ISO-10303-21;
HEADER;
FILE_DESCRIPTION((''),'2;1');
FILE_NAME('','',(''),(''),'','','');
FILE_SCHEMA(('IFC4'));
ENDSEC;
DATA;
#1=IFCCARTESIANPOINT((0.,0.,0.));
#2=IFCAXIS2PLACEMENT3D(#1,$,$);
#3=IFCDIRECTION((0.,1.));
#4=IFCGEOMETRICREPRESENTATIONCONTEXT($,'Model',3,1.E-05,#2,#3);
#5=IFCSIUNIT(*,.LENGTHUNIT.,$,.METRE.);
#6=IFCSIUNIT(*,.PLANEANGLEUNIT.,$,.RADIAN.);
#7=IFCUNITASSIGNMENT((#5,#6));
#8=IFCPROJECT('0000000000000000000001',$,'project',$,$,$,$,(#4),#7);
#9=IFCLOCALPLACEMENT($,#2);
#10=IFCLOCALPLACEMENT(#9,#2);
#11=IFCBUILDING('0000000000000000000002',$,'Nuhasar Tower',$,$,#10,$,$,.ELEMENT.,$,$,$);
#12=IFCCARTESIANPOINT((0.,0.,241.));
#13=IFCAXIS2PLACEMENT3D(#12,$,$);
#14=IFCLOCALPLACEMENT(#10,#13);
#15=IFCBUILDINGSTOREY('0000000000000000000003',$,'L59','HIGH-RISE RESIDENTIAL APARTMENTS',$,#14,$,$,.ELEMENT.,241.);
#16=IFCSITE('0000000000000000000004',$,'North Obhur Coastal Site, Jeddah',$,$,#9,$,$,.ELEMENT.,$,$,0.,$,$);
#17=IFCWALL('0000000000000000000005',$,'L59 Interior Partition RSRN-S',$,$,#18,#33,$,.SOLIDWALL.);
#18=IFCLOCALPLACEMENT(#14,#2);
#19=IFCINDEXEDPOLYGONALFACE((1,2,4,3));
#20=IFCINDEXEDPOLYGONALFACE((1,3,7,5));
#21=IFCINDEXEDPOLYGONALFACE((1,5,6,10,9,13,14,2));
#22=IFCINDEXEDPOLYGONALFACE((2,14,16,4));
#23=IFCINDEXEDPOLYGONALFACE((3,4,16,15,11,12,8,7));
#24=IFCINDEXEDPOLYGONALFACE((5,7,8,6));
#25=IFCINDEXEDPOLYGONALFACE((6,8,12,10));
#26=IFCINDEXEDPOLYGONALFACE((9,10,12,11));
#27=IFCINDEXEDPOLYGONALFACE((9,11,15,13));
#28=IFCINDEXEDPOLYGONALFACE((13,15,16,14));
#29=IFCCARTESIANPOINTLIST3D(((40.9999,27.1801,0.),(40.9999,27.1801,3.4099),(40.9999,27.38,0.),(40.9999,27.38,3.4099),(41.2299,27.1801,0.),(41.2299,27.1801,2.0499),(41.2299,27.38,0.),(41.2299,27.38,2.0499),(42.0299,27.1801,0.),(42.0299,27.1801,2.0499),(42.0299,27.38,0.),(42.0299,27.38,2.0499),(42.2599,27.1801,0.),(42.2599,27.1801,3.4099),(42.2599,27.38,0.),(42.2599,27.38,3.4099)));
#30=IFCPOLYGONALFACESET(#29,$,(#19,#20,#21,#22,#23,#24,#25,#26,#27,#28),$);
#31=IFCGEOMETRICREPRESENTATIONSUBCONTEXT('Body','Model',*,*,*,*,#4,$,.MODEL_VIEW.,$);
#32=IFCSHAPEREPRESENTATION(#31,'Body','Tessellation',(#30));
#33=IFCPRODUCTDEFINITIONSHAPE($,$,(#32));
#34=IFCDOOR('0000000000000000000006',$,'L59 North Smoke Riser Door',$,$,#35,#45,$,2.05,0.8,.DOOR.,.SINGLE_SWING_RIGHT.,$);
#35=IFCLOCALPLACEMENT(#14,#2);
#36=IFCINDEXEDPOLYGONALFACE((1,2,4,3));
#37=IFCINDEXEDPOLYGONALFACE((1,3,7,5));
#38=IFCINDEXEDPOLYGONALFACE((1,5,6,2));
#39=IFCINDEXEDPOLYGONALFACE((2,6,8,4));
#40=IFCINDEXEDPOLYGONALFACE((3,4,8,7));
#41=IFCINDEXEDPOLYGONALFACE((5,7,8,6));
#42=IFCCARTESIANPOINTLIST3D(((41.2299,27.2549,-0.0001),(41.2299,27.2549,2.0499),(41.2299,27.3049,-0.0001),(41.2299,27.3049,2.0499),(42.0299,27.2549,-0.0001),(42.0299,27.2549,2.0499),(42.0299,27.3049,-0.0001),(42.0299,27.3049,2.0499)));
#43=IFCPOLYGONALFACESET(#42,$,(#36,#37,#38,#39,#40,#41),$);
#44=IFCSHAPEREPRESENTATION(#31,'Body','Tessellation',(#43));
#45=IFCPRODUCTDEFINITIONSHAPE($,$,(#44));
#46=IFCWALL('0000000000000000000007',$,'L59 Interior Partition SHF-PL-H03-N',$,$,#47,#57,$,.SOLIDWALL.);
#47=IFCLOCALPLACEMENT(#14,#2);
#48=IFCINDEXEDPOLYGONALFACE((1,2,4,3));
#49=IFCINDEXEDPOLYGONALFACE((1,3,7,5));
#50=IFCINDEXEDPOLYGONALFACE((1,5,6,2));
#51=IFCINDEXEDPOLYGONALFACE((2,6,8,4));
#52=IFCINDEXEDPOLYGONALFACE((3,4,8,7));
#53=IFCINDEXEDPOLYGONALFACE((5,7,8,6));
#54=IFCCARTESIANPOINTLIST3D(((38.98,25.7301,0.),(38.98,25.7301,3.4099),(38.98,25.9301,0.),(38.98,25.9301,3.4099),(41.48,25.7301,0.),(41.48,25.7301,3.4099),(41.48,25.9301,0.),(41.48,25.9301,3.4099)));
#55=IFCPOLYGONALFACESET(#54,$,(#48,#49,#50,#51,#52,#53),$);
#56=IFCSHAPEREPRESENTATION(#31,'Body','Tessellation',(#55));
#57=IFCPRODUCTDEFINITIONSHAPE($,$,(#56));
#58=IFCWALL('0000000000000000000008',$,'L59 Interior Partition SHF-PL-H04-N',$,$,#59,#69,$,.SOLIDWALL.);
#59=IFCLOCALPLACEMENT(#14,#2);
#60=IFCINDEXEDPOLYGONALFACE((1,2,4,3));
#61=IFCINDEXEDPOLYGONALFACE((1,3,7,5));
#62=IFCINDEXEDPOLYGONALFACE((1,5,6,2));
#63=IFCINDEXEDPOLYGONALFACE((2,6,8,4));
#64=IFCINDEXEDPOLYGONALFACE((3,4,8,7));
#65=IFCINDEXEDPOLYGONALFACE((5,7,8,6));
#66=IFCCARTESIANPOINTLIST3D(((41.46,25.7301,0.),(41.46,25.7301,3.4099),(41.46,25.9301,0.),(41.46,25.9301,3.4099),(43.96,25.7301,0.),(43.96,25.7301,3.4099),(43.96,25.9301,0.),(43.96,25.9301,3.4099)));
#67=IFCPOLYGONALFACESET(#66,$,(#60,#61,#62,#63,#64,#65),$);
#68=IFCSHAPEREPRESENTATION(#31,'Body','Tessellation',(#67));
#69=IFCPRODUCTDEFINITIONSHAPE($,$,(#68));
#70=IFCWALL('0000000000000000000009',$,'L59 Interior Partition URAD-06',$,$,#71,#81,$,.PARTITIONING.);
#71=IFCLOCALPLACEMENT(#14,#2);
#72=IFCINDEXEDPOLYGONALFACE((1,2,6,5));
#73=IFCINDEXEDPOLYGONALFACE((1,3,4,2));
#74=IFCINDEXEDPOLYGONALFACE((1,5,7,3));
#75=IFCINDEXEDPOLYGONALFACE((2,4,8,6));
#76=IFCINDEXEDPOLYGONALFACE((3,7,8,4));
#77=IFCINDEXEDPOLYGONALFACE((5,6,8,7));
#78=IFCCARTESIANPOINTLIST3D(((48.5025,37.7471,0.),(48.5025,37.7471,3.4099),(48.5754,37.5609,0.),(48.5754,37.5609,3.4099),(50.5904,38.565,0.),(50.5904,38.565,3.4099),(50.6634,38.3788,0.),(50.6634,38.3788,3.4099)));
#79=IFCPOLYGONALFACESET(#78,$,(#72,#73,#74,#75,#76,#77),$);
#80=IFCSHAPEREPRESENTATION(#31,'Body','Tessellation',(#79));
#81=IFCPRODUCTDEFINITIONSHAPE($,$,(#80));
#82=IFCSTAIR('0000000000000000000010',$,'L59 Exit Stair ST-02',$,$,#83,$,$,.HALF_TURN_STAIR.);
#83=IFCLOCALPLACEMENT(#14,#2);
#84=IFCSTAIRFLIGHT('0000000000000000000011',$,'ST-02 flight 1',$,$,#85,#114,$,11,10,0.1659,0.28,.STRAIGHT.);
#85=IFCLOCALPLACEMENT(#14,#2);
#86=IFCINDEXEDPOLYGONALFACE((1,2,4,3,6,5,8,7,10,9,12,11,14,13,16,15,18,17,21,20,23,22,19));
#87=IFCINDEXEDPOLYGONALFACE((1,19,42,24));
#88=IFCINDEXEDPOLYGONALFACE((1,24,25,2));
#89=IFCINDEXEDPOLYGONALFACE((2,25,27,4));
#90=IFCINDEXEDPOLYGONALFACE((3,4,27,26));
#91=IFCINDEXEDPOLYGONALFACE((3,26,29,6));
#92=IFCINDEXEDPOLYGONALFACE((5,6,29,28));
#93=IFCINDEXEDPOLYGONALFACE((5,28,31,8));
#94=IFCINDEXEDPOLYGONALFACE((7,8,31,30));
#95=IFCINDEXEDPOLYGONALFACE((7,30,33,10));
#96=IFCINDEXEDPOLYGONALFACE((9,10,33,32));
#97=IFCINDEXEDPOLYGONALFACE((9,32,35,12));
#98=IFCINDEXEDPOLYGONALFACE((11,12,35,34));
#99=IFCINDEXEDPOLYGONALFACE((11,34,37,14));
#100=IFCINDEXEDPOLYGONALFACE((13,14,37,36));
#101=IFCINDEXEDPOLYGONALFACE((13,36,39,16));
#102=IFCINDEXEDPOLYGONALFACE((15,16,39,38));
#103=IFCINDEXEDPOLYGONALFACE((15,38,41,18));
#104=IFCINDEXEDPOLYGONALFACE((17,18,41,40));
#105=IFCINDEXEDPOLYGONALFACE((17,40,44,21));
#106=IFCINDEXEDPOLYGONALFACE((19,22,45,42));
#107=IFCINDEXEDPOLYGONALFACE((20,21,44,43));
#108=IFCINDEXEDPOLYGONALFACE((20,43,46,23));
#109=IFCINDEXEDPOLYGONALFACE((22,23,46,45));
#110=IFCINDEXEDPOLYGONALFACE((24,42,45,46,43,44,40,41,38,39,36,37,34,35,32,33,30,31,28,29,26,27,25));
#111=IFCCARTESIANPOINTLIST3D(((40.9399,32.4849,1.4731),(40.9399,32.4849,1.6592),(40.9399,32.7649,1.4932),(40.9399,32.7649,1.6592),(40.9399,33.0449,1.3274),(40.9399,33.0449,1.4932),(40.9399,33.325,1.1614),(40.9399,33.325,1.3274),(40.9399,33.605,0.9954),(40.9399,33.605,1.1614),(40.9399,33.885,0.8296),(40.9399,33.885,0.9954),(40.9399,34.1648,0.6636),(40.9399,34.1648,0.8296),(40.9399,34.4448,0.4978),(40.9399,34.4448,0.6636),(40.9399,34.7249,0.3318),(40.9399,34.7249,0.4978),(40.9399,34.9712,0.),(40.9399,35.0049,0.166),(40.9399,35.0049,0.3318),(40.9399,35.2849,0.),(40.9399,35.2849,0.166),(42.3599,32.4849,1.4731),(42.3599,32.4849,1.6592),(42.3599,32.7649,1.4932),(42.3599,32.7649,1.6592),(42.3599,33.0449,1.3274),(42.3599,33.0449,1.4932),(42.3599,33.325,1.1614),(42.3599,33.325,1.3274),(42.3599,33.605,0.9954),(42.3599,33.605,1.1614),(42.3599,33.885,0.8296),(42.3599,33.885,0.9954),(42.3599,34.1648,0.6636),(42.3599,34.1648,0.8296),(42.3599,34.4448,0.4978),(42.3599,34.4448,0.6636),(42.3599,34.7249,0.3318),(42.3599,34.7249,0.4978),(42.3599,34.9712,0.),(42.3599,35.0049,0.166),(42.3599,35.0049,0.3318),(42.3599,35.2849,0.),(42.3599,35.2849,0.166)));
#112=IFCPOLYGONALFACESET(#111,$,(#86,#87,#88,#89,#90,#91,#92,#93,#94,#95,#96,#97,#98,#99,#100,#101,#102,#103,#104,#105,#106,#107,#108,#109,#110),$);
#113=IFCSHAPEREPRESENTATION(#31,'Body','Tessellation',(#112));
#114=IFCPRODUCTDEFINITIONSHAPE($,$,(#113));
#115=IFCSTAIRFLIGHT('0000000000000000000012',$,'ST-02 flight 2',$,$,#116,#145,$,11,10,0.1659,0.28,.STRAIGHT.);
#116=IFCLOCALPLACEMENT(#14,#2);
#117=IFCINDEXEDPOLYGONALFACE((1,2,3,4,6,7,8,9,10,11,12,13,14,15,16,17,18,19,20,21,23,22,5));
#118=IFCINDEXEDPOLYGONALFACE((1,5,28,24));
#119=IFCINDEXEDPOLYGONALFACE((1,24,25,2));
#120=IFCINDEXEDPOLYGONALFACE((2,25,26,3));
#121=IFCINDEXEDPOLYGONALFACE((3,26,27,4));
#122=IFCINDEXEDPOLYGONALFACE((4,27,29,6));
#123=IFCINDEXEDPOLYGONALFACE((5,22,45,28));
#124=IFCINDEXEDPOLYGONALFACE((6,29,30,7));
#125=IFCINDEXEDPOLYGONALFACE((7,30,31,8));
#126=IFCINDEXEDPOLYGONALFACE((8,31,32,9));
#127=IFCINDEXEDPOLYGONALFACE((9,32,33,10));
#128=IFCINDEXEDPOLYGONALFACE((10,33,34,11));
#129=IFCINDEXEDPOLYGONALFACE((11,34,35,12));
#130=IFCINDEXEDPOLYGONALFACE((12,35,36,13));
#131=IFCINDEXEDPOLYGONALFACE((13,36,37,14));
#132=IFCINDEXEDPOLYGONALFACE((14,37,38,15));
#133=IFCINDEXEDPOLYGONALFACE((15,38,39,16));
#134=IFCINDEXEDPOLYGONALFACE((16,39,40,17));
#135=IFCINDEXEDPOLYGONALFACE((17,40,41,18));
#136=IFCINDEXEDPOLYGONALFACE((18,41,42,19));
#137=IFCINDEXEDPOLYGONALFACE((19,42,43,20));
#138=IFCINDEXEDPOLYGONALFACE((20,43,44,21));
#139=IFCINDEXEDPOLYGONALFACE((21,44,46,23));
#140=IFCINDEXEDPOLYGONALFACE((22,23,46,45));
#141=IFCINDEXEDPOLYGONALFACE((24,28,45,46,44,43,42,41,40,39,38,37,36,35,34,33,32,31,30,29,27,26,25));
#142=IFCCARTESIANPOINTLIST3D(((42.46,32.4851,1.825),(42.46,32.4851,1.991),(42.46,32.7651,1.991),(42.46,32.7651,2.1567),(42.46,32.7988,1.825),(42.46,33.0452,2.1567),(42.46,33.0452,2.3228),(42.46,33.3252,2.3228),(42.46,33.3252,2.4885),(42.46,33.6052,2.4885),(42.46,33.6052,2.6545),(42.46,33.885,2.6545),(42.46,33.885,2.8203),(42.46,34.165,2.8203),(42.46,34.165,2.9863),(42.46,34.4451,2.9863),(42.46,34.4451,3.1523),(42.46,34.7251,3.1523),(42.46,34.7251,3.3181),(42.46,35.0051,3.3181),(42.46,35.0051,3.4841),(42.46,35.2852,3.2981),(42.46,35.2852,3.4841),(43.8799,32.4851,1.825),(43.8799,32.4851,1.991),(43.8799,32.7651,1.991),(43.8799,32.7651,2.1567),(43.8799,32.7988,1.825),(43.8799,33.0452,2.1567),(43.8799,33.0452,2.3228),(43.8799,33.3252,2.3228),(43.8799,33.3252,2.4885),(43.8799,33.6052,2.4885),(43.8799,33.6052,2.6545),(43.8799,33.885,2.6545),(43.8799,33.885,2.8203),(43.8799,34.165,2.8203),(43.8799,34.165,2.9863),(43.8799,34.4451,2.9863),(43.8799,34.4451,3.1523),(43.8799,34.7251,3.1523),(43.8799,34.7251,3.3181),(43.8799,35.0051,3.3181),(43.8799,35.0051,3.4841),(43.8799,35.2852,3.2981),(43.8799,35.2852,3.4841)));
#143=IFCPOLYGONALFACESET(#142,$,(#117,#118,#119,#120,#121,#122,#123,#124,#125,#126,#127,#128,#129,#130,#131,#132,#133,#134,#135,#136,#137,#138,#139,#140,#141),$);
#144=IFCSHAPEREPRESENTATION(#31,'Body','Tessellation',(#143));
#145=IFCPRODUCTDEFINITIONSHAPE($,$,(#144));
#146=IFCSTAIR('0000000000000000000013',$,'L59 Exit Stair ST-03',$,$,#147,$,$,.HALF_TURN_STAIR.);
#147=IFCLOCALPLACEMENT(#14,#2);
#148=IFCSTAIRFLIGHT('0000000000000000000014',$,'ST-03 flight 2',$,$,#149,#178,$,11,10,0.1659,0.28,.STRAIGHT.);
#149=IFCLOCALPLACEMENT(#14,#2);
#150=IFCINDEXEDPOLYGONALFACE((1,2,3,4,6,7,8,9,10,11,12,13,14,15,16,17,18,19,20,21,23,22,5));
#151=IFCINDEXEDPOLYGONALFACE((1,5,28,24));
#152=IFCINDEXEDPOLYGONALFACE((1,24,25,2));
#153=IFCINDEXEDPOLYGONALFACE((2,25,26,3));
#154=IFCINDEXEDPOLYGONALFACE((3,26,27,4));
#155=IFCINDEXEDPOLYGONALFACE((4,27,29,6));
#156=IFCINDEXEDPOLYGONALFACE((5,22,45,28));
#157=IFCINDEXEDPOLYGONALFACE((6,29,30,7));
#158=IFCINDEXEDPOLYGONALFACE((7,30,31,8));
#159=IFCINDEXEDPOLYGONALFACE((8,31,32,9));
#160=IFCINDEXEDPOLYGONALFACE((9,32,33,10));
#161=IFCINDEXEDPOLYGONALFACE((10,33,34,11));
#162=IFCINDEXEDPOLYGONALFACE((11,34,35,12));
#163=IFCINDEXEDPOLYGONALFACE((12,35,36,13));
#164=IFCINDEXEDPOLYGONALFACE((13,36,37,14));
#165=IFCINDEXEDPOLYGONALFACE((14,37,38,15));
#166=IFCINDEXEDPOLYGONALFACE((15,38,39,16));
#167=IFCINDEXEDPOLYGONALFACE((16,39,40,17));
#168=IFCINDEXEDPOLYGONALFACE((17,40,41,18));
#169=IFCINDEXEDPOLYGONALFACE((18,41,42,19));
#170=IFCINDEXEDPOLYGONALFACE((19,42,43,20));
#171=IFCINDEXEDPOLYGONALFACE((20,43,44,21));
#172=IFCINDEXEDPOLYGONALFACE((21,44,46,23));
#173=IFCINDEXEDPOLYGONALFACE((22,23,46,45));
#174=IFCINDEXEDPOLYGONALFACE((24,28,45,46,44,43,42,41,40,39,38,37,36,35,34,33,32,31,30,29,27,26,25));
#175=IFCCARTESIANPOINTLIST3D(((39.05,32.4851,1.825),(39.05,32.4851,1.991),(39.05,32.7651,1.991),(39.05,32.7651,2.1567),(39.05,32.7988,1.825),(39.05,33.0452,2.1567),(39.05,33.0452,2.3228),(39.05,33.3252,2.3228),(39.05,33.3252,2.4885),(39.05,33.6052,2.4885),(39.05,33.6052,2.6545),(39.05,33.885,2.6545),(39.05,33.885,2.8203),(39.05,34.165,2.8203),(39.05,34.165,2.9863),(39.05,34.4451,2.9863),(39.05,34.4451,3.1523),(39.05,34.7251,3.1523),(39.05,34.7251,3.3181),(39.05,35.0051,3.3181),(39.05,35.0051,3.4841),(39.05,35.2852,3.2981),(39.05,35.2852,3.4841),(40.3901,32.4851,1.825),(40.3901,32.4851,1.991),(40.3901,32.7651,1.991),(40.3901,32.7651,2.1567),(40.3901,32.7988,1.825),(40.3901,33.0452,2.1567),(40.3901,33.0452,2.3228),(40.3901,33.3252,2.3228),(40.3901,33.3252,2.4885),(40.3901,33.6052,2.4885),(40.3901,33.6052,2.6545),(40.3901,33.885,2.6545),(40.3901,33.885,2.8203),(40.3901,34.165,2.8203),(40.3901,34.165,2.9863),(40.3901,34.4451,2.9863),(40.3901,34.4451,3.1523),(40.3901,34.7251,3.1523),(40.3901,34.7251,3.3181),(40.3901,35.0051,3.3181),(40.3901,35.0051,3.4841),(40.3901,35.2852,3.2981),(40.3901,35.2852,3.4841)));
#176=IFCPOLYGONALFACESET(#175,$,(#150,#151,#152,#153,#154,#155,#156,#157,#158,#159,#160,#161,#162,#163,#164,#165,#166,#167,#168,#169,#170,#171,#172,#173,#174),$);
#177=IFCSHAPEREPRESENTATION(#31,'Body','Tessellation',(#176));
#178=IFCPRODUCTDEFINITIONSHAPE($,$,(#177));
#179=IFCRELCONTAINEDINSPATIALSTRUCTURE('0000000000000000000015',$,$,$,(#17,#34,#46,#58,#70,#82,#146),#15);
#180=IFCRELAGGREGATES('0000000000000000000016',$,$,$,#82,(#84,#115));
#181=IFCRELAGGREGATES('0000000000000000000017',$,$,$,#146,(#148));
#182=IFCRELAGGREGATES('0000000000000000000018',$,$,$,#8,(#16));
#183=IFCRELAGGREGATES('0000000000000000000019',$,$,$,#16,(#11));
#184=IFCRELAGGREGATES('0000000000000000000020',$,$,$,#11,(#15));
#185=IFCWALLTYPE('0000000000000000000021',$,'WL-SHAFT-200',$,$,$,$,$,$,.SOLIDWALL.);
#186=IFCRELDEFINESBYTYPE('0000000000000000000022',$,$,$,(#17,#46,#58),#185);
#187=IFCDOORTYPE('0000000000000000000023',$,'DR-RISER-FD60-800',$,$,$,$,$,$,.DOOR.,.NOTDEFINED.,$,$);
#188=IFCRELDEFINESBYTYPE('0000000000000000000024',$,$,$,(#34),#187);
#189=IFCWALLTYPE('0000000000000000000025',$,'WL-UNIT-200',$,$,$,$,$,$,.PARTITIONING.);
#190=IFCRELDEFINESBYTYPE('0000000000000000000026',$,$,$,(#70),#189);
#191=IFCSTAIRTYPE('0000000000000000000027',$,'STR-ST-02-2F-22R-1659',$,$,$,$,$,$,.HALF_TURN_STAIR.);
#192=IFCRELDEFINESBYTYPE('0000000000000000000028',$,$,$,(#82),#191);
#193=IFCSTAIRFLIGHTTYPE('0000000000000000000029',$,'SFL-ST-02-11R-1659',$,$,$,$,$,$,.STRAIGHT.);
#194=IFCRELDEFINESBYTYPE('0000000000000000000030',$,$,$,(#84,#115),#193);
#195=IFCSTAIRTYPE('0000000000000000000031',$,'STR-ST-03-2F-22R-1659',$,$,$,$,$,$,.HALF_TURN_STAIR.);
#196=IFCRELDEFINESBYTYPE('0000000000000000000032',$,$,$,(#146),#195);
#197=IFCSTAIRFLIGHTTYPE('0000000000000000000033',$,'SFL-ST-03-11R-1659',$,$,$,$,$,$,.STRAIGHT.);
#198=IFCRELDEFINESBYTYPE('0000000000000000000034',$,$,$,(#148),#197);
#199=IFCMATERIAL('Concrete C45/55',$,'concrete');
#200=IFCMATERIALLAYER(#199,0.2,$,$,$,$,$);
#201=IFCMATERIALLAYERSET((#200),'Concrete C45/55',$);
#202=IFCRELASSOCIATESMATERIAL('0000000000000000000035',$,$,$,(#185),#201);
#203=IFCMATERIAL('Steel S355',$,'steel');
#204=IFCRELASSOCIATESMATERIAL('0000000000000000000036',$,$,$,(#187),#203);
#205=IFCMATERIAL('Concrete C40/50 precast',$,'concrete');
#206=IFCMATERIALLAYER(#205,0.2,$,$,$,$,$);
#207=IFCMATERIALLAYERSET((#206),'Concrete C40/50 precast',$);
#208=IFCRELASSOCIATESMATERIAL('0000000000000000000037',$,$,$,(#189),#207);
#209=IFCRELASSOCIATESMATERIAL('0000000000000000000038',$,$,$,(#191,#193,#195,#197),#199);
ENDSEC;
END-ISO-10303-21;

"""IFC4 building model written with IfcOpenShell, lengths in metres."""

from ifc_helpers import new_model, si_unit, direction, frame, frame_2d, origin, place, context, subcontext, project, spatial, polyline, rectangle, outline, extrude, material, layer, layer_set, type_object, element, fill, aggregate, save


model = new_model("IFC4")

# Units and contexts
model_context = context("Model", 3, precision=1e-05, world=origin(), true_north=direction((0.0, 1.0)))
body_context = subcontext(model_context, "Body", "Model", "MODEL_VIEW")
ifc_project = project(units=[si_unit("LENGTHUNIT", "METRE"), si_unit("PLANEANGLEUNIT", "RADIAN")], contexts=[model_context])

# Site, building, storey
site_placement = place(None, origin())
site = spatial("IfcSite", under=ifc_project, at=site_placement, Name="North Obhur Coastal Site, Jeddah", CompositionType="ELEMENT", RefElevation=0.0)
building_placement = place(site_placement, origin())
building = spatial("IfcBuilding", under=site, at=building_placement, Name="Nuhasar Tower", CompositionType="ELEMENT")
storey_placement = place(building_placement, frame((0.0, 0.0, 241.0)))
storey = spatial("IfcBuildingStorey", under=building, at=storey_placement, Name="L59", Description="HIGH-RISE RESIDENTIAL APARTMENTS", CompositionType="ELEMENT", Elevation=241.0)

# Shared definitions
ifc_material_1 = material(Name="Steel S355", Category="steel")

# Shared definitions
ifc_material_2 = material(Name="Concrete C45/55", Category="concrete")
ifc_layer_1 = layer(ifc_material_2, 0.2)
ifc_layer_set_1 = layer_set([ifc_layer_1], Name="Concrete C45/55")
wall_type_1 = type_object("IfcWallType", Name="WL-SHAFT-200", PredefinedType="SOLIDWALL", material=ifc_layer_set_1)

# Wall, opening, door
wall_1_placement = place(storey_placement, frame((41.0, 27.28, 0.0), z_axis=(0.0, 0.0, 1.0), x_axis=(1.0, 0.0, 0.0)))
wall_1 = element("IfcWall", 1, at=wall_1_placement, inside=storey, type_object=wall_type_1, Name="L59 Interior Partition RSRN-S", PredefinedType="SOLIDWALL", context=body_context, shape_type="SweptSolid", body=[
    extrude(rectangle(XDim=1.26, YDim=0.2, at=frame_2d((0.6299, 0.0))), origin(), (0.0, 0.0, 1.0), 3.4099),
])
opening_1_placement = place(wall_1_placement, frame((0.23, 0.0, 0.0)))
opening_1 = element("IfcOpeningElement", 2, at=opening_1_placement, cuts=wall_1, PredefinedType="OPENING", context=body_context, shape_type="SweptSolid", body=[
    extrude(rectangle(XDim=0.8, YDim=2.05, at=frame_2d((0.3999, 1.0249))), frame((0.0, 0.1099, 0.0), z_axis=(0.0, -1.0, 0.0), x_axis=(1.0, 0.0, 0.0)), (0.0, 0.0, 1.0), 0.22),
])
door_type_1 = type_object("IfcDoorType", Name="DR-RISER-FD60-800", OperationType="NOTDEFINED", PredefinedType="DOOR", material=ifc_material_1)
door_1_placement = place(opening_1_placement, origin())
door_1 = element("IfcDoor", 3, at=door_1_placement, inside=storey, type_object=door_type_1, Name="L59 North Smoke Riser Door", OperationType="SINGLE_SWING_RIGHT", OverallHeight=2.05, OverallWidth=0.8, PredefinedType="DOOR", context=body_context, shape_type="SweptSolid", body=[
    extrude(rectangle(XDim=0.8, YDim=2.05, at=frame_2d((0.3999, 1.0249))), frame((0.0, 0.0249, 0.0), z_axis=(0.0, -1.0, 0.0), x_axis=(1.0, 0.0, 0.0)), (0.0, 0.0, 1.0), 0.05),
])
fill(opening_1, door_1)

# Walls
for number, where, z_axis, x_axis, name in (
    (4, (38.98, 25.8301, 0.0), (0.0, 0.0, 1.0), (1.0, 0.0, 0.0), "L59 Interior Partition SHF-PL-H03-N"),
    (5, (41.46, 25.8301, 0.0), (0.0, 0.0, 1.0), (1.0, 0.0, 0.0), "L59 Interior Partition SHF-PL-H04-N"),
):
    element("IfcWall", number, at=place(storey_placement, frame(where, z_axis=z_axis, x_axis=x_axis)), inside=storey, type_object=wall_type_1, Name=name, PredefinedType="SOLIDWALL", context=body_context, shape_type="SweptSolid", body=[
        extrude(rectangle(XDim=2.5, YDim=0.2, at=frame_2d((1.25, 0.0))), origin(), (0.0, 0.0, 1.0), 3.4099),
    ])
ifc_material_3 = material(Name="Concrete C40/50 precast", Category="concrete")
ifc_layer_2 = layer(ifc_material_3, 0.2)
ifc_layer_set_2 = layer_set([ifc_layer_2], Name="Concrete C40/50 precast")
wall_type_2 = type_object("IfcWallType", Name="WL-UNIT-200", PredefinedType="PARTITIONING", material=ifc_layer_set_2)
wall_2_placement = place(storey_placement, frame((48.5391, 37.6541, 0.0), z_axis=(0.0, 0.0, 1.0), x_axis=(0.931111, 0.364736, 0.0)))
element("IfcWall", 6, at=wall_2_placement, inside=storey, type_object=wall_type_2, Name="L59 Interior Partition URAD-06", PredefinedType="PARTITIONING", context=body_context, shape_type="SweptSolid", body=[
    extrude(rectangle(XDim=2.2424, YDim=0.2, at=frame_2d((1.1211, 0.0))), origin(), (0.0, 0.0, 1.0), 3.4099),
])

# Stair, stair flights
stair_type_1 = type_object("IfcStairType", Name="STR-ST-02-2F-22R-1659", PredefinedType="HALF_TURN_STAIR", material=ifc_material_2)
stair_1_placement = place(storey_placement, origin())
stair_1 = element("IfcStair", 7, at=stair_1_placement, inside=storey, type_object=stair_type_1, Name="L59 Exit Stair ST-02", PredefinedType="HALF_TURN_STAIR")
stair_flight_type_1 = type_object("IfcStairFlightType", Name="SFL-ST-02-11R-1659", PredefinedType="STRAIGHT", material=ifc_material_2)
stair_flight_1_placement = place(storey_placement, frame((41.6499, 35.2849, 0.0), z_axis=(0.0, 0.0, 1.0), x_axis=(0.0, -1.0, 0.0)))
stair_flight_1 = element("IfcStairFlight", 8, at=stair_flight_1_placement, type_object=stair_flight_type_1, Name="ST-02 flight 1", NumberOfRisers=11, NumberOfTreads=10, PredefinedType="STRAIGHT", RiserHeight=0.1659, TreadLength=0.28, context=body_context, shape_type="SweptSolid", body=[
    extrude(outline(polyline([(0.0, 0.0), (0.0, 0.166), (0.28, 0.166), (0.28, 0.3318), (0.5601, 0.3318), (0.5601, 0.4978), (0.8401, 0.4978), (0.8401, 0.6636), (1.1201, 0.6636), (1.1201, 0.8296), (1.3999, 0.8296), (1.3999, 0.9954), (1.6799, 0.9954), (1.6799, 1.1614), (1.96, 1.1614), (1.96, 1.3274), (2.24, 1.3274), (2.24, 1.4932), (2.52, 1.4932), (2.52, 1.6592), (2.8, 1.6592), (2.8, 1.825), (2.8, 1.4731), (0.3137, 0.0), (0.0, 0.0)])), frame((0.0, 0.71, 0.0), z_axis=(0.0, -1.0, 0.0), x_axis=(1.0, 0.0, 0.0)), (0.0, 0.0, 1.0), 1.4199),
])
stair_flight_2_placement = place(storey_placement, frame((43.1699, 32.4851, 1.825), z_axis=(0.0, 0.0, 1.0), x_axis=(0.0, 1.0, 0.0)))
stair_flight_2 = element("IfcStairFlight", 9, at=stair_flight_2_placement, type_object=stair_flight_type_1, Name="ST-02 flight 2", NumberOfRisers=11, NumberOfTreads=10, PredefinedType="STRAIGHT", RiserHeight=0.1659, TreadLength=0.28, context=body_context, shape_type="SweptSolid", body=[
    extrude(outline(polyline([(0.0, 0.0), (0.0, 0.166), (0.28, 0.166), (0.28, 0.3318), (0.5601, 0.3318), (0.5601, 0.4978), (0.8401, 0.4978), (0.8401, 0.6636), (1.1201, 0.6636), (1.1201, 0.8296), (1.3999, 0.8296), (1.3999, 0.9954), (1.6799, 0.9954), (1.6799, 1.1614), (1.96, 1.1614), (1.96, 1.3274), (2.24, 1.3274), (2.24, 1.4932), (2.52, 1.4932), (2.52, 1.6592), (2.8, 1.6592), (2.8, 1.825), (2.8, 1.4731), (0.3137, 0.0), (0.0, 0.0)])), frame((0.0, 0.71, 0.0), z_axis=(0.0, -1.0, 0.0), x_axis=(1.0, 0.0, 0.0)), (0.0, 0.0, 1.0), 1.4199),
])
aggregate(stair_1, [stair_flight_1, stair_flight_2])

# Stair, stair flight
stair_type_2 = type_object("IfcStairType", Name="STR-ST-03-2F-22R-1659", PredefinedType="HALF_TURN_STAIR", material=ifc_material_2)
stair_2_placement = place(storey_placement, origin())
stair_2 = element("IfcStair", 10, at=stair_2_placement, inside=storey, type_object=stair_type_2, Name="L59 Exit Stair ST-03", PredefinedType="HALF_TURN_STAIR")
stair_flight_type_2 = type_object("IfcStairFlightType", Name="SFL-ST-03-11R-1659", PredefinedType="STRAIGHT", material=ifc_material_2)
stair_flight_3_placement = place(storey_placement, frame((39.72, 32.4851, 1.825), z_axis=(0.0, 0.0, 1.0), x_axis=(0.0, 1.0, 0.0)))
stair_flight_3 = element("IfcStairFlight", 11, at=stair_flight_3_placement, type_object=stair_flight_type_2, Name="ST-03 flight 2", NumberOfRisers=11, NumberOfTreads=10, PredefinedType="STRAIGHT", RiserHeight=0.1659, TreadLength=0.28, context=body_context, shape_type="SweptSolid", body=[
    extrude(outline(polyline([(0.0, 0.0), (0.0, 0.166), (0.28, 0.166), (0.28, 0.3318), (0.5601, 0.3318), (0.5601, 0.4978), (0.8401, 0.4978), (0.8401, 0.6636), (1.1201, 0.6636), (1.1201, 0.8296), (1.3999, 0.8296), (1.3999, 0.9954), (1.6799, 0.9954), (1.6799, 1.1614), (1.96, 1.1614), (1.96, 1.3274), (2.24, 1.3274), (2.24, 1.4932), (2.52, 1.4932), (2.52, 1.6592), (2.8, 1.6592), (2.8, 1.825), (2.8, 1.4731), (0.3137, 0.0), (0.0, 0.0)])), frame((0.0, 0.6699, 0.0), z_axis=(0.0, -1.0, 0.0), x_axis=(1.0, 0.0, 0.0)), (0.0, 0.0, 1.0), 1.3401),
])
aggregate(stair_2, [stair_flight_3])

save(model, "model.ifc")
